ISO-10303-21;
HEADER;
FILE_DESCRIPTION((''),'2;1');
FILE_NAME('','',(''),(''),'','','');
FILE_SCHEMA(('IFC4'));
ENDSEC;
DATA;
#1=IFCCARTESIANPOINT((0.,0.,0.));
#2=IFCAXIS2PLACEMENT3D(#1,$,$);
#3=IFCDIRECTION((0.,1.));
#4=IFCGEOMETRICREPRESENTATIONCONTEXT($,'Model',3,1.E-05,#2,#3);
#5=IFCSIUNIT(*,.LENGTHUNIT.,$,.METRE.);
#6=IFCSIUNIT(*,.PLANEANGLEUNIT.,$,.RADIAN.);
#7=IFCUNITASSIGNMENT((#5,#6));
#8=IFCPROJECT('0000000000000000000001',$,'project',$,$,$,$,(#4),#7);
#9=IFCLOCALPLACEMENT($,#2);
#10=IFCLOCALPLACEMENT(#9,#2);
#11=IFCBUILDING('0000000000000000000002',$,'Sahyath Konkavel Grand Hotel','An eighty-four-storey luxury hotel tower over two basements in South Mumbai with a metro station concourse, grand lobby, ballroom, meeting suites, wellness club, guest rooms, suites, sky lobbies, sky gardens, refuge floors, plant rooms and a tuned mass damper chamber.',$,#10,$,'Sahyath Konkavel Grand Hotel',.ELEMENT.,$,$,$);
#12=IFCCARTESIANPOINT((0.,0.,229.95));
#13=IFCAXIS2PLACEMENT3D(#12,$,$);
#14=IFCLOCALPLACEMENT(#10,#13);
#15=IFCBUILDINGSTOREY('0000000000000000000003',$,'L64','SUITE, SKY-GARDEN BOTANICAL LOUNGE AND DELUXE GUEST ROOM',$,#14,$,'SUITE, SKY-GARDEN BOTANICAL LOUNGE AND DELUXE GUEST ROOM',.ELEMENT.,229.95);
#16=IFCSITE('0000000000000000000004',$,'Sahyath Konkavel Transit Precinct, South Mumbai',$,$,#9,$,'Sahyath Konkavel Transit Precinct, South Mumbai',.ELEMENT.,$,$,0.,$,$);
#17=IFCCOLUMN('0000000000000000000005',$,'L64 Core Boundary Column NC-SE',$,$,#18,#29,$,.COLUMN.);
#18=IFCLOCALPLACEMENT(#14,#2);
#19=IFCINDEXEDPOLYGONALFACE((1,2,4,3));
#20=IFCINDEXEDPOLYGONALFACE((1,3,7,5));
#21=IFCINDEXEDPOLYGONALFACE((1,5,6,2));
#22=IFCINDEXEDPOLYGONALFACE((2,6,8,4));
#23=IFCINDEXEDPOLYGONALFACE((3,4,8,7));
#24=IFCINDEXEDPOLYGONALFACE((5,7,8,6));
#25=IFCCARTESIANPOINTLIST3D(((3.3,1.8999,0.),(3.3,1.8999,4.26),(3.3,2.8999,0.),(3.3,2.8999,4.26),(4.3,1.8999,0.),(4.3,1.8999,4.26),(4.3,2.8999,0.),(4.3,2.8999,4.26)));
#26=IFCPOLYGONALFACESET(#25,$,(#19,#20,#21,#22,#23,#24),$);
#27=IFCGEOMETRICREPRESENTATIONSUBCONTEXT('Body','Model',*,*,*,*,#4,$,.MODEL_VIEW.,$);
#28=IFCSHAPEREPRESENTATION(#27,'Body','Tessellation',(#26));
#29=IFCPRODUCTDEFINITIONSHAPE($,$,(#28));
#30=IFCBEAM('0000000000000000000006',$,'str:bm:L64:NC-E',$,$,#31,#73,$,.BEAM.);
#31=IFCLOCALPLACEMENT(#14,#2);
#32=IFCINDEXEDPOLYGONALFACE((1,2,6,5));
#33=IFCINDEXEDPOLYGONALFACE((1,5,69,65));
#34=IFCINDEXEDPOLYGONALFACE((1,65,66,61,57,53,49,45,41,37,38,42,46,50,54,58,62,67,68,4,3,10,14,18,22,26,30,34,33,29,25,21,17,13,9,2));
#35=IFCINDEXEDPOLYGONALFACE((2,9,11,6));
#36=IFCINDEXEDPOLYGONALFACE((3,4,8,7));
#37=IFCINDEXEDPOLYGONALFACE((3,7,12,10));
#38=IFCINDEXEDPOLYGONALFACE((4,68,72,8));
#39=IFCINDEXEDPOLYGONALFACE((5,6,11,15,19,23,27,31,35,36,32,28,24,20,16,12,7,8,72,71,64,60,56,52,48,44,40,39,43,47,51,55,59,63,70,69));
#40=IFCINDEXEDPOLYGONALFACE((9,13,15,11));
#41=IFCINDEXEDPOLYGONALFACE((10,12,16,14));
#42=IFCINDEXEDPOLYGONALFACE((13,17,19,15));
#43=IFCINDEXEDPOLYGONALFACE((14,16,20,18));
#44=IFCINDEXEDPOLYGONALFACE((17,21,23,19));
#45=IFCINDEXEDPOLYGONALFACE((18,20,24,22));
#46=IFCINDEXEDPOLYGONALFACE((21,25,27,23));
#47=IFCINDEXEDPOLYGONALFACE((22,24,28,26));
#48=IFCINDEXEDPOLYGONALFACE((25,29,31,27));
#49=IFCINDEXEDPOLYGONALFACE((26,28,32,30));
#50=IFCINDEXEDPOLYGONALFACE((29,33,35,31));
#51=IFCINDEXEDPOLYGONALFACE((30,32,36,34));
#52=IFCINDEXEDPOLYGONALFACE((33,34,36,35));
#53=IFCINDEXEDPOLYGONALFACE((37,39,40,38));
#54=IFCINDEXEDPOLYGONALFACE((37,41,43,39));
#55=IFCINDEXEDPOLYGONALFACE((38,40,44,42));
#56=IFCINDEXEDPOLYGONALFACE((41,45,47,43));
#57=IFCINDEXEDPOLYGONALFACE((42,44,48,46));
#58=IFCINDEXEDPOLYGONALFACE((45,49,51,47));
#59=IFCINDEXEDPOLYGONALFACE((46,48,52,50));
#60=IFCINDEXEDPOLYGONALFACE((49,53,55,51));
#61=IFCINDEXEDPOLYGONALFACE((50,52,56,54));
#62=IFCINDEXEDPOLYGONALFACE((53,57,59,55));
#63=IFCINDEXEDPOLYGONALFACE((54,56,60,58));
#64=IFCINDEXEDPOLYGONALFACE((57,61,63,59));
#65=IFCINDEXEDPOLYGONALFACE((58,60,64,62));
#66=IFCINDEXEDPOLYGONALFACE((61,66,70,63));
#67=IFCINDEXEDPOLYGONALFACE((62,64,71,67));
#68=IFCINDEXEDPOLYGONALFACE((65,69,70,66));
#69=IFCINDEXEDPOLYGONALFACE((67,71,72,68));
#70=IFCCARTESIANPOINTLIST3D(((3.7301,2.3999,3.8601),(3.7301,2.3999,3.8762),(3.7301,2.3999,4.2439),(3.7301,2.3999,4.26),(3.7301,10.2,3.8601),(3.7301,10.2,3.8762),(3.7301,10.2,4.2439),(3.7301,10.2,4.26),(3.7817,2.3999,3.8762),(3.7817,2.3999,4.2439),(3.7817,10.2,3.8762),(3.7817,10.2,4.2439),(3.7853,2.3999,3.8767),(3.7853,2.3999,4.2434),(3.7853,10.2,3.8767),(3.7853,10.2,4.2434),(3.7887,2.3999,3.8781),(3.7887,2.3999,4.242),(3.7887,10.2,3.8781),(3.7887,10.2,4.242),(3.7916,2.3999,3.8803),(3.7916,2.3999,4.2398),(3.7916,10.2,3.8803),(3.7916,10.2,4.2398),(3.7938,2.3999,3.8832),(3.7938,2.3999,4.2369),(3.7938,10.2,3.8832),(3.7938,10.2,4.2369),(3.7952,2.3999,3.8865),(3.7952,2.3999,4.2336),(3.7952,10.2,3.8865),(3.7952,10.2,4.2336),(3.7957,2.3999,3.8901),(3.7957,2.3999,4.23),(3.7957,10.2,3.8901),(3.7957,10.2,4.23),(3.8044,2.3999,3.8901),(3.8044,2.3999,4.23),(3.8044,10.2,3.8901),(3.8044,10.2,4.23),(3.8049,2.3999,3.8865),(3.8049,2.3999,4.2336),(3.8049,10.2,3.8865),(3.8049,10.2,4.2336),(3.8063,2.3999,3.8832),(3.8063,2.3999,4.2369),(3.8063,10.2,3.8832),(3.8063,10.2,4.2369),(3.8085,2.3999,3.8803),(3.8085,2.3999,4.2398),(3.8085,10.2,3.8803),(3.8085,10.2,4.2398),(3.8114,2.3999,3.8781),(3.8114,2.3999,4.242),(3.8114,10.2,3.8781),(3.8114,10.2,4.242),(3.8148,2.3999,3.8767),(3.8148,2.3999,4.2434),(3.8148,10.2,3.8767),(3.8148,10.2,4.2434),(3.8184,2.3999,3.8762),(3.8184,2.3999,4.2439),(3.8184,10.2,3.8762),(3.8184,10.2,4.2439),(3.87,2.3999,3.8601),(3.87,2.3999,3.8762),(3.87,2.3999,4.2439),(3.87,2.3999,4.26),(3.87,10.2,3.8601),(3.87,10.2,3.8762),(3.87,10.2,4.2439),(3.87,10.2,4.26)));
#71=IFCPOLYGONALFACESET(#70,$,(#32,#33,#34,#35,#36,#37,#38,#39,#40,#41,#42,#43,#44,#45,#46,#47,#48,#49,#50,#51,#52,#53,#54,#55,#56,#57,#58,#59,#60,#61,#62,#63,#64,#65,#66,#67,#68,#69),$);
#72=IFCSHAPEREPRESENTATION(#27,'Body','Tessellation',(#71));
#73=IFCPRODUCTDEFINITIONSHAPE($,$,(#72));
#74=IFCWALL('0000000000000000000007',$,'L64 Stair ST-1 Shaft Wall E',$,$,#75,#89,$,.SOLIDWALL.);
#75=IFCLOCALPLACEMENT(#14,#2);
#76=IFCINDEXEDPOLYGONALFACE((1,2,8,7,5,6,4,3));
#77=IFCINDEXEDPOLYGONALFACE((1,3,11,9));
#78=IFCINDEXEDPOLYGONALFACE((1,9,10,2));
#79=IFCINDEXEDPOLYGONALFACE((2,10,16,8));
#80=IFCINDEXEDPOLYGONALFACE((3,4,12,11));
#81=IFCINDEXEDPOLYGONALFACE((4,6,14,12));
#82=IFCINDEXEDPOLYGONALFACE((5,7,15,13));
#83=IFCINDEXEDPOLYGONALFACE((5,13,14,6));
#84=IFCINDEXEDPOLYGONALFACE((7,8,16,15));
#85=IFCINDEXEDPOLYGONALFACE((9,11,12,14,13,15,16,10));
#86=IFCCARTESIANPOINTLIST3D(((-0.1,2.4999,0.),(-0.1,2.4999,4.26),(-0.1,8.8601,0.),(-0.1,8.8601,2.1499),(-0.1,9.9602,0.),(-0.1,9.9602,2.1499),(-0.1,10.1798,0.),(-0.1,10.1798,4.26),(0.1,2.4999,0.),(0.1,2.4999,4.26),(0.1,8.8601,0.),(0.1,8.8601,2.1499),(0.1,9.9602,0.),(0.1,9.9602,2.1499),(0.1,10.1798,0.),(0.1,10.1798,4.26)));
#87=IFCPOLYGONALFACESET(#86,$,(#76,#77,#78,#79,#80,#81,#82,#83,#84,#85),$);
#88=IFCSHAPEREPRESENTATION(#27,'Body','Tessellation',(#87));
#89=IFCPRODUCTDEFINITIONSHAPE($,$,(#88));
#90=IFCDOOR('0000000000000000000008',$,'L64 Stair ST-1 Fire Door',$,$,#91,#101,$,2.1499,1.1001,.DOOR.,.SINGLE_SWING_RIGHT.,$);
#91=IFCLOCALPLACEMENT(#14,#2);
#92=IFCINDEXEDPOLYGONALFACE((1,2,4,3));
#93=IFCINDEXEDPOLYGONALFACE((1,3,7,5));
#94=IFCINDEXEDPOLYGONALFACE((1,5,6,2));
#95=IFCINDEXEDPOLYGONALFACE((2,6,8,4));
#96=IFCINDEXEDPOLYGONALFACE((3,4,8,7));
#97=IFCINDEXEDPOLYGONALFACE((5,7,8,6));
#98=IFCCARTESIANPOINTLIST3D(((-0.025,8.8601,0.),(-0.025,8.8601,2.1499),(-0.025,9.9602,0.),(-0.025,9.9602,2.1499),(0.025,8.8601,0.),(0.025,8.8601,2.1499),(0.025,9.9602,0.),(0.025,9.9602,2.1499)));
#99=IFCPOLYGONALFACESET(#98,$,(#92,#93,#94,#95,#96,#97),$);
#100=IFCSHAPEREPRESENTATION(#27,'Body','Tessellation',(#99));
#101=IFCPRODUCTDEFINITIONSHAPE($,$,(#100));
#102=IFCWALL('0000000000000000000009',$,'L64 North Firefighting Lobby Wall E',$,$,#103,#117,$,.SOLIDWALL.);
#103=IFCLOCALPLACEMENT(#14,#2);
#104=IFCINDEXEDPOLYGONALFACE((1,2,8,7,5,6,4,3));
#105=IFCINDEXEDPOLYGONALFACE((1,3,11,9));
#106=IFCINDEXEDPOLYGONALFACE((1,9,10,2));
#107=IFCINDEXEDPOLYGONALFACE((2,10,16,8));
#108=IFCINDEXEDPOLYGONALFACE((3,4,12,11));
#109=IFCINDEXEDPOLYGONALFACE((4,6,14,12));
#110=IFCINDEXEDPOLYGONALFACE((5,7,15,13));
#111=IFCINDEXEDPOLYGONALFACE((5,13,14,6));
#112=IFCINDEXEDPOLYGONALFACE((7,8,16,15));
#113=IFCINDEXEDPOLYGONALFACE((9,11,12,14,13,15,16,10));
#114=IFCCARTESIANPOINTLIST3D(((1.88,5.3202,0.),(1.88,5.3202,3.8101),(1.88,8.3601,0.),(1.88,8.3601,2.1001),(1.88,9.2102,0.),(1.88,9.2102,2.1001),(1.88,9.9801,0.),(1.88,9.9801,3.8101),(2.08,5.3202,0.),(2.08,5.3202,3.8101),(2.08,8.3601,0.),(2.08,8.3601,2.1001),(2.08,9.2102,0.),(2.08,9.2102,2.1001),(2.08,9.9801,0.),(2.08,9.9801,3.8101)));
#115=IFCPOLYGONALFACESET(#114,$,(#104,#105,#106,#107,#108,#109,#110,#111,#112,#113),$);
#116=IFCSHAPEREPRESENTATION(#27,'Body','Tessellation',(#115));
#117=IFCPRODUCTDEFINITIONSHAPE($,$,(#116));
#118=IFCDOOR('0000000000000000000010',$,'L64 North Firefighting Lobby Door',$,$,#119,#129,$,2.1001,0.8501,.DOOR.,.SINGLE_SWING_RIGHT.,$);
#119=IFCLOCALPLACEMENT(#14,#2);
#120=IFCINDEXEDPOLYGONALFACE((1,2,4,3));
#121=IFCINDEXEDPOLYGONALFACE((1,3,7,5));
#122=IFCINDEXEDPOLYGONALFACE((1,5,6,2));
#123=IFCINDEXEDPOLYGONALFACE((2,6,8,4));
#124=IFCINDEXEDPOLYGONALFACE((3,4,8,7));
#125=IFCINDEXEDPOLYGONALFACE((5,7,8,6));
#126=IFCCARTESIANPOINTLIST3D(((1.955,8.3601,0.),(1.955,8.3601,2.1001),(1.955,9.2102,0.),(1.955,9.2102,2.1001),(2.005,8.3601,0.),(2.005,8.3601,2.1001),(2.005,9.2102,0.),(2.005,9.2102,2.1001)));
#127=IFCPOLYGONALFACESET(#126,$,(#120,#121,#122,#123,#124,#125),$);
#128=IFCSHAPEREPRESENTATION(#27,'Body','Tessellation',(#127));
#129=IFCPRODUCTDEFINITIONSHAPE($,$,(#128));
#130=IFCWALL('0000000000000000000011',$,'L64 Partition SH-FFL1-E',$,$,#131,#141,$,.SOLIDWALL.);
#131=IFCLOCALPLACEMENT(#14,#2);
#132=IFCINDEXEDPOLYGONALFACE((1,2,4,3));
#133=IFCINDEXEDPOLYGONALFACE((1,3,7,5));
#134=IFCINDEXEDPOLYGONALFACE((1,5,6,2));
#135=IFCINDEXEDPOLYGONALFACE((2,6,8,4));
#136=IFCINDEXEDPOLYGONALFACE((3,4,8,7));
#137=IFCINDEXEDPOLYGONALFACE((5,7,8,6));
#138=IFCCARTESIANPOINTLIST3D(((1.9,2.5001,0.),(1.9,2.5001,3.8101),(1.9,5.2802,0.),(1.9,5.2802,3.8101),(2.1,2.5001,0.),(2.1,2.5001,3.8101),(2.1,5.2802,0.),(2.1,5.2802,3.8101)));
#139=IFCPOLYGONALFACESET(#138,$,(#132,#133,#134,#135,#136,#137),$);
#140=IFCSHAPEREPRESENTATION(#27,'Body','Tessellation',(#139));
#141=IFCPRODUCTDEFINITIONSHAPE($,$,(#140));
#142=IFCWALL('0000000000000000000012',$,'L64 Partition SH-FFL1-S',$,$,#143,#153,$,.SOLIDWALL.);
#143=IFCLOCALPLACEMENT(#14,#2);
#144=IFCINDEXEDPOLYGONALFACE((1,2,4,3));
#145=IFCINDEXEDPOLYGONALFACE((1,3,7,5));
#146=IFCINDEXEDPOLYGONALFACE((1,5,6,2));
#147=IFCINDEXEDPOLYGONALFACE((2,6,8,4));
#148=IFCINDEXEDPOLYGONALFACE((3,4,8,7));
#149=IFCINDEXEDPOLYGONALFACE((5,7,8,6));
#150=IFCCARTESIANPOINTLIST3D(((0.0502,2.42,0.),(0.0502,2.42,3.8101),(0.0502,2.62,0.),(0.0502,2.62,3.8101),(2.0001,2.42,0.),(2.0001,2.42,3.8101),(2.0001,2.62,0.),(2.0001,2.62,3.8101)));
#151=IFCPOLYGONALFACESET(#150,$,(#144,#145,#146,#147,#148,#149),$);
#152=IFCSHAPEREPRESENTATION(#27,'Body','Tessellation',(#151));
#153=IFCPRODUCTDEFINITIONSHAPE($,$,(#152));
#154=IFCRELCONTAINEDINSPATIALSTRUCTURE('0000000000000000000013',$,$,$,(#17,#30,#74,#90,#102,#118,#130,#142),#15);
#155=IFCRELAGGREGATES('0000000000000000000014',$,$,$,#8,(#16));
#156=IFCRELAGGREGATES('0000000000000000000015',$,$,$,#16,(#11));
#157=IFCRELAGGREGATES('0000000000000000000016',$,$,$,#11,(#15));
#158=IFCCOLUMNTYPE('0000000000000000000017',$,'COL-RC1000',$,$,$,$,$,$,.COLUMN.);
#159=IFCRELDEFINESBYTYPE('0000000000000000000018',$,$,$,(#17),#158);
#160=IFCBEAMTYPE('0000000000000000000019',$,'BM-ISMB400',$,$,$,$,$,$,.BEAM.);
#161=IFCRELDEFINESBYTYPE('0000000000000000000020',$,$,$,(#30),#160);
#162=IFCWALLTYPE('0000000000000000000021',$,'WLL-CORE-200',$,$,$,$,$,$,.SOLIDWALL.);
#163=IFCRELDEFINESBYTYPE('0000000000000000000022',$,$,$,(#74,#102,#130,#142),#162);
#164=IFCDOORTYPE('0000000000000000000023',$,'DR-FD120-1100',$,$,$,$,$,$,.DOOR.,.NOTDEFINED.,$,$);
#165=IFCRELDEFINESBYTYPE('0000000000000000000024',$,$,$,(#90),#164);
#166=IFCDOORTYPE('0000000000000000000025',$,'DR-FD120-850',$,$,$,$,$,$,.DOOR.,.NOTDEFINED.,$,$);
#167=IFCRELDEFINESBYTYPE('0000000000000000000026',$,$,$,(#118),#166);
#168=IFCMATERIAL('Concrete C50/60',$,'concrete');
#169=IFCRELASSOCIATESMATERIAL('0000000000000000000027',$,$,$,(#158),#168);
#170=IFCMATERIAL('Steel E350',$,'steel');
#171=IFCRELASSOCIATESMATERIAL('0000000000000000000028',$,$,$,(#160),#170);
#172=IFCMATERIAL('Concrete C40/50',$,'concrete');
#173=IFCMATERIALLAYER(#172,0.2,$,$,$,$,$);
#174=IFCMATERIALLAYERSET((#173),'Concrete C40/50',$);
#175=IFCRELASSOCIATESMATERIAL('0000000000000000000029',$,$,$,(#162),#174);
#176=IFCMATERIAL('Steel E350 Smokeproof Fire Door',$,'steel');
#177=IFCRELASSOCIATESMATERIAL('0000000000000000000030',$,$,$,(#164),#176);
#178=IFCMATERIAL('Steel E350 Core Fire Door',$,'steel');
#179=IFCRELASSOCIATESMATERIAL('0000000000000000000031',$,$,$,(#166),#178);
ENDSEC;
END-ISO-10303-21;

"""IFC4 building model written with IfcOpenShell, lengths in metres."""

from ifc_helpers import new_model, si_unit, direction, frame, frame_2d, origin, origin_2d, place, context, subcontext, project, spatial, rectangle, i_section, extrude, source, transform, mapped, material, layer, layer_set, material_profile, profile_set, type_object, element, fill, save


model = new_model("IFC4")

# Units and contexts
model_context = context("Model", 3, precision=1e-05, world=origin(), true_north=direction((0.0, 1.0)))
body_context = subcontext(model_context, "Body", "Model", "MODEL_VIEW")
ifc_project = project(units=[si_unit("LENGTHUNIT", "METRE"), si_unit("PLANEANGLEUNIT", "RADIAN")], contexts=[model_context])

# Site, building, storey
site_placement = place(None, origin())
site = spatial("IfcSite", under=ifc_project, at=site_placement, Name="Sahyath Konkavel Transit Precinct, South Mumbai", LongName="Sahyath Konkavel Transit Precinct, South Mumbai", CompositionType="ELEMENT", RefElevation=0.0)
building_placement = place(site_placement, origin())
building = spatial("IfcBuilding", under=site, at=building_placement, Name="Sahyath Konkavel Grand Hotel", Description="An eighty-four-storey luxury hotel tower over two basements in South Mumbai with a metro station concourse, grand lobby, ballroom, meeting suites, wellness club, guest rooms, suites, sky lobbies, sky gardens, refuge floors, plant rooms and a tuned mass damper chamber.", LongName="Sahyath Konkavel Grand Hotel", CompositionType="ELEMENT")
storey_placement = place(building_placement, frame((0.0, 0.0, 229.95)))
storey = spatial("IfcBuildingStorey", under=building, at=storey_placement, Name="L64", Description="SUITE, SKY-GARDEN BOTANICAL LOUNGE AND DELUXE GUEST ROOM", LongName="SUITE, SKY-GARDEN BOTANICAL LOUNGE AND DELUXE GUEST ROOM", CompositionType="ELEMENT", Elevation=229.95)

# Column
ifc_material_1 = material(Name="Concrete C50/60", Category="concrete")
ifc_material_profile_1 = material_profile(ifc_material_1, rectangle(XDim=1.0, YDim=1.0, at=origin_2d()), Name="RC 1000x1000")
ifc_profile_set_1 = profile_set([ifc_material_profile_1], Name="Concrete C50/60")
column_type = type_object("IfcColumnType", Name="COL-RC1000", PredefinedType="COLUMN", material=ifc_profile_set_1)
shared_shape_1 = source(origin(), body_context, "Body", "SweptSolid", [
    extrude(rectangle(XDim=1.0, YDim=1.0, at=origin_2d()), origin(), (0.0, 0.0, 1.0), 4.26),
])
column_placement = place(storey_placement, frame((3.8, 2.3999, 0.0), z_axis=(0.0, 0.0, 1.0), x_axis=(1.0, 0.0, 0.0)))
element("IfcColumn", 1, at=column_placement, inside=storey, type_object=column_type, Name="L64 Core Boundary Column NC-SE", PredefinedType="COLUMN", context=body_context, shape_type="MappedRepresentation", body=[
    mapped(shared_shape_1, transform((0.0, 0.0, 0.0), scale=1.0)),
])

# Beam
ifc_material_2 = material(Name="Steel E350", Category="steel")
ifc_material_profile_2 = material_profile(ifc_material_2, i_section(OverallWidth=0.1399, OverallDepth=0.3999, WebThickness=0.0088, FlangeThickness=0.0161, FilletRadius=0.0139, at=origin_2d()), Name="ISMB 400")
ifc_profile_set_2 = profile_set([ifc_material_profile_2], Name="Steel E350")
beam_type = type_object("IfcBeamType", Name="BM-ISMB400", PredefinedType="BEAM", material=ifc_profile_set_2)
shared_shape_2 = source(origin(), body_context, "Body", "SweptSolid", [
    extrude(i_section(OverallWidth=0.1399, OverallDepth=0.3999, WebThickness=0.0088, FlangeThickness=0.0161, FilletRadius=0.0139, at=origin_2d()), origin(), (0.0, 0.0, 1.0), 7.8),
])
beam_placement = place(storey_placement, frame((3.8, 2.3999, 4.0601), z_axis=(0.0, 1.0, 0.0), x_axis=(-1.0, 0.0, 0.0)))
element("IfcBeam", 2, at=beam_placement, inside=storey, type_object=beam_type, Name="str:bm:L64:NC-E", PredefinedType="BEAM", context=body_context, shape_type="MappedRepresentation", body=[
    mapped(shared_shape_2, transform((0.0, 0.0, 0.0), scale=1.0)),
])

# Walls, openings, doors
ifc_material_3 = material(Name="Concrete C40/50", Category="concrete")
ifc_layer_1 = layer(ifc_material_3, 0.2)
ifc_layer_set_1 = layer_set([ifc_layer_1], Name="Concrete C40/50")
wall_type_1 = type_object("IfcWallType", Name="WLL-CORE-200", PredefinedType="SOLIDWALL", material=ifc_layer_set_1)
wall_1_placement = place(storey_placement, frame((0.0, 2.5, 0.0), z_axis=(0.0, 0.0, 1.0), x_axis=(0.0, 1.0, 0.0)))
wall_1 = element("IfcWall", 3, at=wall_1_placement, inside=storey, type_object=wall_type_1, Name="L64 Stair ST-1 Shaft Wall E", PredefinedType="SOLIDWALL", context=body_context, shape_type="SweptSolid", body=[
    extrude(rectangle(XDim=7.6799, YDim=0.2, at=frame_2d((3.8398, 0.0))), origin(), (0.0, 0.0, 1.0), 4.26),
])
opening_1_placement = place(wall_1_placement, frame((6.3601, 0.0, 0.0)))
opening_1 = element("IfcOpeningElement", 4, at=opening_1_placement, cuts=wall_1, PredefinedType="OPENING", context=body_context, shape_type="SweptSolid", body=[
    extrude(rectangle(XDim=1.1001, YDim=2.1499, at=frame_2d((0.55, 1.075))), frame((0.0, 0.1099, 0.0), z_axis=(0.0, -1.0, 0.0), x_axis=(1.0, 0.0, 0.0)), (0.0, 0.0, 1.0), 0.22),
])
ifc_material_4 = material(Name="Steel E350 Smokeproof Fire Door", Category="steel")
door_type_1 = type_object("IfcDoorType", Name="DR-FD120-1100", OperationType="NOTDEFINED", PredefinedType="DOOR", material=ifc_material_4)
shared_shape_3 = source(origin(), body_context, "Body", "SweptSolid", [
    extrude(rectangle(XDim=1.1001, YDim=0.05, at=origin_2d()), origin(), (0.0, 0.0, 1.0), 2.1499),
])
door_1_placement = place(opening_1_placement, frame((0.55, 0.0, 0.0)))
door_1 = element("IfcDoor", 5, at=door_1_placement, inside=storey, type_object=door_type_1, Name="L64 Stair ST-1 Fire Door", OperationType="SINGLE_SWING_RIGHT", OverallHeight=2.1499, OverallWidth=1.1001, PredefinedType="DOOR", context=body_context, shape_type="MappedRepresentation", body=[
    mapped(shared_shape_3, transform((0.0, 0.0, 0.0), scale=1.0)),
])
fill(opening_1, door_1)
wall_2_placement = place(storey_placement, frame((1.98, 5.3201, 0.0), z_axis=(0.0, 0.0, 1.0), x_axis=(0.0, 1.0, 0.0)))
wall_2 = element("IfcWall", 6, at=wall_2_placement, inside=storey, type_object=wall_type_1, Name="L64 North Firefighting Lobby Wall E", PredefinedType="SOLIDWALL", context=body_context, shape_type="SweptSolid", body=[
    extrude(rectangle(XDim=4.6599, YDim=0.2, at=frame_2d((2.3301, 0.0))), origin(), (0.0, 0.0, 1.0), 3.8101),
])
opening_2_placement = place(wall_2_placement, frame((3.04, 0.0, 0.0)))
opening_2 = element("IfcOpeningElement", 7, at=opening_2_placement, cuts=wall_2, PredefinedType="OPENING", context=body_context, shape_type="SweptSolid", body=[
    extrude(rectangle(XDim=0.8501, YDim=2.1001, at=frame_2d((0.425, 1.05))), frame((0.0, 0.1099, 0.0), z_axis=(0.0, -1.0, 0.0), x_axis=(1.0, 0.0, 0.0)), (0.0, 0.0, 1.0), 0.22),
])
ifc_material_5 = material(Name="Steel E350 Core Fire Door", Category="steel")
door_type_2 = type_object("IfcDoorType", Name="DR-FD120-850", OperationType="NOTDEFINED", PredefinedType="DOOR", material=ifc_material_5)
shared_shape_4 = source(origin(), body_context, "Body", "SweptSolid", [
    extrude(rectangle(XDim=0.8501, YDim=0.05, at=origin_2d()), origin(), (0.0, 0.0, 1.0), 2.1001),
])
door_2_placement = place(opening_2_placement, frame((0.425, 0.0, 0.0)))
door_2 = element("IfcDoor", 8, at=door_2_placement, inside=storey, type_object=door_type_2, Name="L64 North Firefighting Lobby Door", OperationType="SINGLE_SWING_RIGHT", OverallHeight=2.1001, OverallWidth=0.8501, PredefinedType="DOOR", context=body_context, shape_type="MappedRepresentation", body=[
    mapped(shared_shape_4, transform((0.0, 0.0, 0.0), scale=1.0)),
])
fill(opening_2, door_2)

# Walls
wall_3_placement = place(storey_placement, frame((2.0, 2.5, 0.0), z_axis=(0.0, 0.0, 1.0), x_axis=(0.0, 1.0, 0.0)))
element("IfcWall", 9, at=wall_3_placement, inside=storey, type_object=wall_type_1, Name="L64 Partition SH-FFL1-E", PredefinedType="SOLIDWALL", context=body_context, shape_type="SweptSolid", body=[
    extrude(rectangle(XDim=2.78, YDim=0.2, at=frame_2d((1.3901, 0.0))), origin(), (0.0, 0.0, 1.0), 3.8101),
])
wall_4_placement = place(storey_placement, frame((0.05, 2.52, 0.0), z_axis=(0.0, 0.0, 1.0), x_axis=(1.0, 0.0, 0.0)))
element("IfcWall", 10, at=wall_4_placement, inside=storey, type_object=wall_type_1, Name="L64 Partition SH-FFL1-S", PredefinedType="SOLIDWALL", context=body_context, shape_type="SweptSolid", body=[
    extrude(rectangle(XDim=1.95, YDim=0.2, at=frame_2d((0.9751, 0.0))), origin(), (0.0, 0.0, 1.0), 3.8101),
])

save(model, "model.ifc")
